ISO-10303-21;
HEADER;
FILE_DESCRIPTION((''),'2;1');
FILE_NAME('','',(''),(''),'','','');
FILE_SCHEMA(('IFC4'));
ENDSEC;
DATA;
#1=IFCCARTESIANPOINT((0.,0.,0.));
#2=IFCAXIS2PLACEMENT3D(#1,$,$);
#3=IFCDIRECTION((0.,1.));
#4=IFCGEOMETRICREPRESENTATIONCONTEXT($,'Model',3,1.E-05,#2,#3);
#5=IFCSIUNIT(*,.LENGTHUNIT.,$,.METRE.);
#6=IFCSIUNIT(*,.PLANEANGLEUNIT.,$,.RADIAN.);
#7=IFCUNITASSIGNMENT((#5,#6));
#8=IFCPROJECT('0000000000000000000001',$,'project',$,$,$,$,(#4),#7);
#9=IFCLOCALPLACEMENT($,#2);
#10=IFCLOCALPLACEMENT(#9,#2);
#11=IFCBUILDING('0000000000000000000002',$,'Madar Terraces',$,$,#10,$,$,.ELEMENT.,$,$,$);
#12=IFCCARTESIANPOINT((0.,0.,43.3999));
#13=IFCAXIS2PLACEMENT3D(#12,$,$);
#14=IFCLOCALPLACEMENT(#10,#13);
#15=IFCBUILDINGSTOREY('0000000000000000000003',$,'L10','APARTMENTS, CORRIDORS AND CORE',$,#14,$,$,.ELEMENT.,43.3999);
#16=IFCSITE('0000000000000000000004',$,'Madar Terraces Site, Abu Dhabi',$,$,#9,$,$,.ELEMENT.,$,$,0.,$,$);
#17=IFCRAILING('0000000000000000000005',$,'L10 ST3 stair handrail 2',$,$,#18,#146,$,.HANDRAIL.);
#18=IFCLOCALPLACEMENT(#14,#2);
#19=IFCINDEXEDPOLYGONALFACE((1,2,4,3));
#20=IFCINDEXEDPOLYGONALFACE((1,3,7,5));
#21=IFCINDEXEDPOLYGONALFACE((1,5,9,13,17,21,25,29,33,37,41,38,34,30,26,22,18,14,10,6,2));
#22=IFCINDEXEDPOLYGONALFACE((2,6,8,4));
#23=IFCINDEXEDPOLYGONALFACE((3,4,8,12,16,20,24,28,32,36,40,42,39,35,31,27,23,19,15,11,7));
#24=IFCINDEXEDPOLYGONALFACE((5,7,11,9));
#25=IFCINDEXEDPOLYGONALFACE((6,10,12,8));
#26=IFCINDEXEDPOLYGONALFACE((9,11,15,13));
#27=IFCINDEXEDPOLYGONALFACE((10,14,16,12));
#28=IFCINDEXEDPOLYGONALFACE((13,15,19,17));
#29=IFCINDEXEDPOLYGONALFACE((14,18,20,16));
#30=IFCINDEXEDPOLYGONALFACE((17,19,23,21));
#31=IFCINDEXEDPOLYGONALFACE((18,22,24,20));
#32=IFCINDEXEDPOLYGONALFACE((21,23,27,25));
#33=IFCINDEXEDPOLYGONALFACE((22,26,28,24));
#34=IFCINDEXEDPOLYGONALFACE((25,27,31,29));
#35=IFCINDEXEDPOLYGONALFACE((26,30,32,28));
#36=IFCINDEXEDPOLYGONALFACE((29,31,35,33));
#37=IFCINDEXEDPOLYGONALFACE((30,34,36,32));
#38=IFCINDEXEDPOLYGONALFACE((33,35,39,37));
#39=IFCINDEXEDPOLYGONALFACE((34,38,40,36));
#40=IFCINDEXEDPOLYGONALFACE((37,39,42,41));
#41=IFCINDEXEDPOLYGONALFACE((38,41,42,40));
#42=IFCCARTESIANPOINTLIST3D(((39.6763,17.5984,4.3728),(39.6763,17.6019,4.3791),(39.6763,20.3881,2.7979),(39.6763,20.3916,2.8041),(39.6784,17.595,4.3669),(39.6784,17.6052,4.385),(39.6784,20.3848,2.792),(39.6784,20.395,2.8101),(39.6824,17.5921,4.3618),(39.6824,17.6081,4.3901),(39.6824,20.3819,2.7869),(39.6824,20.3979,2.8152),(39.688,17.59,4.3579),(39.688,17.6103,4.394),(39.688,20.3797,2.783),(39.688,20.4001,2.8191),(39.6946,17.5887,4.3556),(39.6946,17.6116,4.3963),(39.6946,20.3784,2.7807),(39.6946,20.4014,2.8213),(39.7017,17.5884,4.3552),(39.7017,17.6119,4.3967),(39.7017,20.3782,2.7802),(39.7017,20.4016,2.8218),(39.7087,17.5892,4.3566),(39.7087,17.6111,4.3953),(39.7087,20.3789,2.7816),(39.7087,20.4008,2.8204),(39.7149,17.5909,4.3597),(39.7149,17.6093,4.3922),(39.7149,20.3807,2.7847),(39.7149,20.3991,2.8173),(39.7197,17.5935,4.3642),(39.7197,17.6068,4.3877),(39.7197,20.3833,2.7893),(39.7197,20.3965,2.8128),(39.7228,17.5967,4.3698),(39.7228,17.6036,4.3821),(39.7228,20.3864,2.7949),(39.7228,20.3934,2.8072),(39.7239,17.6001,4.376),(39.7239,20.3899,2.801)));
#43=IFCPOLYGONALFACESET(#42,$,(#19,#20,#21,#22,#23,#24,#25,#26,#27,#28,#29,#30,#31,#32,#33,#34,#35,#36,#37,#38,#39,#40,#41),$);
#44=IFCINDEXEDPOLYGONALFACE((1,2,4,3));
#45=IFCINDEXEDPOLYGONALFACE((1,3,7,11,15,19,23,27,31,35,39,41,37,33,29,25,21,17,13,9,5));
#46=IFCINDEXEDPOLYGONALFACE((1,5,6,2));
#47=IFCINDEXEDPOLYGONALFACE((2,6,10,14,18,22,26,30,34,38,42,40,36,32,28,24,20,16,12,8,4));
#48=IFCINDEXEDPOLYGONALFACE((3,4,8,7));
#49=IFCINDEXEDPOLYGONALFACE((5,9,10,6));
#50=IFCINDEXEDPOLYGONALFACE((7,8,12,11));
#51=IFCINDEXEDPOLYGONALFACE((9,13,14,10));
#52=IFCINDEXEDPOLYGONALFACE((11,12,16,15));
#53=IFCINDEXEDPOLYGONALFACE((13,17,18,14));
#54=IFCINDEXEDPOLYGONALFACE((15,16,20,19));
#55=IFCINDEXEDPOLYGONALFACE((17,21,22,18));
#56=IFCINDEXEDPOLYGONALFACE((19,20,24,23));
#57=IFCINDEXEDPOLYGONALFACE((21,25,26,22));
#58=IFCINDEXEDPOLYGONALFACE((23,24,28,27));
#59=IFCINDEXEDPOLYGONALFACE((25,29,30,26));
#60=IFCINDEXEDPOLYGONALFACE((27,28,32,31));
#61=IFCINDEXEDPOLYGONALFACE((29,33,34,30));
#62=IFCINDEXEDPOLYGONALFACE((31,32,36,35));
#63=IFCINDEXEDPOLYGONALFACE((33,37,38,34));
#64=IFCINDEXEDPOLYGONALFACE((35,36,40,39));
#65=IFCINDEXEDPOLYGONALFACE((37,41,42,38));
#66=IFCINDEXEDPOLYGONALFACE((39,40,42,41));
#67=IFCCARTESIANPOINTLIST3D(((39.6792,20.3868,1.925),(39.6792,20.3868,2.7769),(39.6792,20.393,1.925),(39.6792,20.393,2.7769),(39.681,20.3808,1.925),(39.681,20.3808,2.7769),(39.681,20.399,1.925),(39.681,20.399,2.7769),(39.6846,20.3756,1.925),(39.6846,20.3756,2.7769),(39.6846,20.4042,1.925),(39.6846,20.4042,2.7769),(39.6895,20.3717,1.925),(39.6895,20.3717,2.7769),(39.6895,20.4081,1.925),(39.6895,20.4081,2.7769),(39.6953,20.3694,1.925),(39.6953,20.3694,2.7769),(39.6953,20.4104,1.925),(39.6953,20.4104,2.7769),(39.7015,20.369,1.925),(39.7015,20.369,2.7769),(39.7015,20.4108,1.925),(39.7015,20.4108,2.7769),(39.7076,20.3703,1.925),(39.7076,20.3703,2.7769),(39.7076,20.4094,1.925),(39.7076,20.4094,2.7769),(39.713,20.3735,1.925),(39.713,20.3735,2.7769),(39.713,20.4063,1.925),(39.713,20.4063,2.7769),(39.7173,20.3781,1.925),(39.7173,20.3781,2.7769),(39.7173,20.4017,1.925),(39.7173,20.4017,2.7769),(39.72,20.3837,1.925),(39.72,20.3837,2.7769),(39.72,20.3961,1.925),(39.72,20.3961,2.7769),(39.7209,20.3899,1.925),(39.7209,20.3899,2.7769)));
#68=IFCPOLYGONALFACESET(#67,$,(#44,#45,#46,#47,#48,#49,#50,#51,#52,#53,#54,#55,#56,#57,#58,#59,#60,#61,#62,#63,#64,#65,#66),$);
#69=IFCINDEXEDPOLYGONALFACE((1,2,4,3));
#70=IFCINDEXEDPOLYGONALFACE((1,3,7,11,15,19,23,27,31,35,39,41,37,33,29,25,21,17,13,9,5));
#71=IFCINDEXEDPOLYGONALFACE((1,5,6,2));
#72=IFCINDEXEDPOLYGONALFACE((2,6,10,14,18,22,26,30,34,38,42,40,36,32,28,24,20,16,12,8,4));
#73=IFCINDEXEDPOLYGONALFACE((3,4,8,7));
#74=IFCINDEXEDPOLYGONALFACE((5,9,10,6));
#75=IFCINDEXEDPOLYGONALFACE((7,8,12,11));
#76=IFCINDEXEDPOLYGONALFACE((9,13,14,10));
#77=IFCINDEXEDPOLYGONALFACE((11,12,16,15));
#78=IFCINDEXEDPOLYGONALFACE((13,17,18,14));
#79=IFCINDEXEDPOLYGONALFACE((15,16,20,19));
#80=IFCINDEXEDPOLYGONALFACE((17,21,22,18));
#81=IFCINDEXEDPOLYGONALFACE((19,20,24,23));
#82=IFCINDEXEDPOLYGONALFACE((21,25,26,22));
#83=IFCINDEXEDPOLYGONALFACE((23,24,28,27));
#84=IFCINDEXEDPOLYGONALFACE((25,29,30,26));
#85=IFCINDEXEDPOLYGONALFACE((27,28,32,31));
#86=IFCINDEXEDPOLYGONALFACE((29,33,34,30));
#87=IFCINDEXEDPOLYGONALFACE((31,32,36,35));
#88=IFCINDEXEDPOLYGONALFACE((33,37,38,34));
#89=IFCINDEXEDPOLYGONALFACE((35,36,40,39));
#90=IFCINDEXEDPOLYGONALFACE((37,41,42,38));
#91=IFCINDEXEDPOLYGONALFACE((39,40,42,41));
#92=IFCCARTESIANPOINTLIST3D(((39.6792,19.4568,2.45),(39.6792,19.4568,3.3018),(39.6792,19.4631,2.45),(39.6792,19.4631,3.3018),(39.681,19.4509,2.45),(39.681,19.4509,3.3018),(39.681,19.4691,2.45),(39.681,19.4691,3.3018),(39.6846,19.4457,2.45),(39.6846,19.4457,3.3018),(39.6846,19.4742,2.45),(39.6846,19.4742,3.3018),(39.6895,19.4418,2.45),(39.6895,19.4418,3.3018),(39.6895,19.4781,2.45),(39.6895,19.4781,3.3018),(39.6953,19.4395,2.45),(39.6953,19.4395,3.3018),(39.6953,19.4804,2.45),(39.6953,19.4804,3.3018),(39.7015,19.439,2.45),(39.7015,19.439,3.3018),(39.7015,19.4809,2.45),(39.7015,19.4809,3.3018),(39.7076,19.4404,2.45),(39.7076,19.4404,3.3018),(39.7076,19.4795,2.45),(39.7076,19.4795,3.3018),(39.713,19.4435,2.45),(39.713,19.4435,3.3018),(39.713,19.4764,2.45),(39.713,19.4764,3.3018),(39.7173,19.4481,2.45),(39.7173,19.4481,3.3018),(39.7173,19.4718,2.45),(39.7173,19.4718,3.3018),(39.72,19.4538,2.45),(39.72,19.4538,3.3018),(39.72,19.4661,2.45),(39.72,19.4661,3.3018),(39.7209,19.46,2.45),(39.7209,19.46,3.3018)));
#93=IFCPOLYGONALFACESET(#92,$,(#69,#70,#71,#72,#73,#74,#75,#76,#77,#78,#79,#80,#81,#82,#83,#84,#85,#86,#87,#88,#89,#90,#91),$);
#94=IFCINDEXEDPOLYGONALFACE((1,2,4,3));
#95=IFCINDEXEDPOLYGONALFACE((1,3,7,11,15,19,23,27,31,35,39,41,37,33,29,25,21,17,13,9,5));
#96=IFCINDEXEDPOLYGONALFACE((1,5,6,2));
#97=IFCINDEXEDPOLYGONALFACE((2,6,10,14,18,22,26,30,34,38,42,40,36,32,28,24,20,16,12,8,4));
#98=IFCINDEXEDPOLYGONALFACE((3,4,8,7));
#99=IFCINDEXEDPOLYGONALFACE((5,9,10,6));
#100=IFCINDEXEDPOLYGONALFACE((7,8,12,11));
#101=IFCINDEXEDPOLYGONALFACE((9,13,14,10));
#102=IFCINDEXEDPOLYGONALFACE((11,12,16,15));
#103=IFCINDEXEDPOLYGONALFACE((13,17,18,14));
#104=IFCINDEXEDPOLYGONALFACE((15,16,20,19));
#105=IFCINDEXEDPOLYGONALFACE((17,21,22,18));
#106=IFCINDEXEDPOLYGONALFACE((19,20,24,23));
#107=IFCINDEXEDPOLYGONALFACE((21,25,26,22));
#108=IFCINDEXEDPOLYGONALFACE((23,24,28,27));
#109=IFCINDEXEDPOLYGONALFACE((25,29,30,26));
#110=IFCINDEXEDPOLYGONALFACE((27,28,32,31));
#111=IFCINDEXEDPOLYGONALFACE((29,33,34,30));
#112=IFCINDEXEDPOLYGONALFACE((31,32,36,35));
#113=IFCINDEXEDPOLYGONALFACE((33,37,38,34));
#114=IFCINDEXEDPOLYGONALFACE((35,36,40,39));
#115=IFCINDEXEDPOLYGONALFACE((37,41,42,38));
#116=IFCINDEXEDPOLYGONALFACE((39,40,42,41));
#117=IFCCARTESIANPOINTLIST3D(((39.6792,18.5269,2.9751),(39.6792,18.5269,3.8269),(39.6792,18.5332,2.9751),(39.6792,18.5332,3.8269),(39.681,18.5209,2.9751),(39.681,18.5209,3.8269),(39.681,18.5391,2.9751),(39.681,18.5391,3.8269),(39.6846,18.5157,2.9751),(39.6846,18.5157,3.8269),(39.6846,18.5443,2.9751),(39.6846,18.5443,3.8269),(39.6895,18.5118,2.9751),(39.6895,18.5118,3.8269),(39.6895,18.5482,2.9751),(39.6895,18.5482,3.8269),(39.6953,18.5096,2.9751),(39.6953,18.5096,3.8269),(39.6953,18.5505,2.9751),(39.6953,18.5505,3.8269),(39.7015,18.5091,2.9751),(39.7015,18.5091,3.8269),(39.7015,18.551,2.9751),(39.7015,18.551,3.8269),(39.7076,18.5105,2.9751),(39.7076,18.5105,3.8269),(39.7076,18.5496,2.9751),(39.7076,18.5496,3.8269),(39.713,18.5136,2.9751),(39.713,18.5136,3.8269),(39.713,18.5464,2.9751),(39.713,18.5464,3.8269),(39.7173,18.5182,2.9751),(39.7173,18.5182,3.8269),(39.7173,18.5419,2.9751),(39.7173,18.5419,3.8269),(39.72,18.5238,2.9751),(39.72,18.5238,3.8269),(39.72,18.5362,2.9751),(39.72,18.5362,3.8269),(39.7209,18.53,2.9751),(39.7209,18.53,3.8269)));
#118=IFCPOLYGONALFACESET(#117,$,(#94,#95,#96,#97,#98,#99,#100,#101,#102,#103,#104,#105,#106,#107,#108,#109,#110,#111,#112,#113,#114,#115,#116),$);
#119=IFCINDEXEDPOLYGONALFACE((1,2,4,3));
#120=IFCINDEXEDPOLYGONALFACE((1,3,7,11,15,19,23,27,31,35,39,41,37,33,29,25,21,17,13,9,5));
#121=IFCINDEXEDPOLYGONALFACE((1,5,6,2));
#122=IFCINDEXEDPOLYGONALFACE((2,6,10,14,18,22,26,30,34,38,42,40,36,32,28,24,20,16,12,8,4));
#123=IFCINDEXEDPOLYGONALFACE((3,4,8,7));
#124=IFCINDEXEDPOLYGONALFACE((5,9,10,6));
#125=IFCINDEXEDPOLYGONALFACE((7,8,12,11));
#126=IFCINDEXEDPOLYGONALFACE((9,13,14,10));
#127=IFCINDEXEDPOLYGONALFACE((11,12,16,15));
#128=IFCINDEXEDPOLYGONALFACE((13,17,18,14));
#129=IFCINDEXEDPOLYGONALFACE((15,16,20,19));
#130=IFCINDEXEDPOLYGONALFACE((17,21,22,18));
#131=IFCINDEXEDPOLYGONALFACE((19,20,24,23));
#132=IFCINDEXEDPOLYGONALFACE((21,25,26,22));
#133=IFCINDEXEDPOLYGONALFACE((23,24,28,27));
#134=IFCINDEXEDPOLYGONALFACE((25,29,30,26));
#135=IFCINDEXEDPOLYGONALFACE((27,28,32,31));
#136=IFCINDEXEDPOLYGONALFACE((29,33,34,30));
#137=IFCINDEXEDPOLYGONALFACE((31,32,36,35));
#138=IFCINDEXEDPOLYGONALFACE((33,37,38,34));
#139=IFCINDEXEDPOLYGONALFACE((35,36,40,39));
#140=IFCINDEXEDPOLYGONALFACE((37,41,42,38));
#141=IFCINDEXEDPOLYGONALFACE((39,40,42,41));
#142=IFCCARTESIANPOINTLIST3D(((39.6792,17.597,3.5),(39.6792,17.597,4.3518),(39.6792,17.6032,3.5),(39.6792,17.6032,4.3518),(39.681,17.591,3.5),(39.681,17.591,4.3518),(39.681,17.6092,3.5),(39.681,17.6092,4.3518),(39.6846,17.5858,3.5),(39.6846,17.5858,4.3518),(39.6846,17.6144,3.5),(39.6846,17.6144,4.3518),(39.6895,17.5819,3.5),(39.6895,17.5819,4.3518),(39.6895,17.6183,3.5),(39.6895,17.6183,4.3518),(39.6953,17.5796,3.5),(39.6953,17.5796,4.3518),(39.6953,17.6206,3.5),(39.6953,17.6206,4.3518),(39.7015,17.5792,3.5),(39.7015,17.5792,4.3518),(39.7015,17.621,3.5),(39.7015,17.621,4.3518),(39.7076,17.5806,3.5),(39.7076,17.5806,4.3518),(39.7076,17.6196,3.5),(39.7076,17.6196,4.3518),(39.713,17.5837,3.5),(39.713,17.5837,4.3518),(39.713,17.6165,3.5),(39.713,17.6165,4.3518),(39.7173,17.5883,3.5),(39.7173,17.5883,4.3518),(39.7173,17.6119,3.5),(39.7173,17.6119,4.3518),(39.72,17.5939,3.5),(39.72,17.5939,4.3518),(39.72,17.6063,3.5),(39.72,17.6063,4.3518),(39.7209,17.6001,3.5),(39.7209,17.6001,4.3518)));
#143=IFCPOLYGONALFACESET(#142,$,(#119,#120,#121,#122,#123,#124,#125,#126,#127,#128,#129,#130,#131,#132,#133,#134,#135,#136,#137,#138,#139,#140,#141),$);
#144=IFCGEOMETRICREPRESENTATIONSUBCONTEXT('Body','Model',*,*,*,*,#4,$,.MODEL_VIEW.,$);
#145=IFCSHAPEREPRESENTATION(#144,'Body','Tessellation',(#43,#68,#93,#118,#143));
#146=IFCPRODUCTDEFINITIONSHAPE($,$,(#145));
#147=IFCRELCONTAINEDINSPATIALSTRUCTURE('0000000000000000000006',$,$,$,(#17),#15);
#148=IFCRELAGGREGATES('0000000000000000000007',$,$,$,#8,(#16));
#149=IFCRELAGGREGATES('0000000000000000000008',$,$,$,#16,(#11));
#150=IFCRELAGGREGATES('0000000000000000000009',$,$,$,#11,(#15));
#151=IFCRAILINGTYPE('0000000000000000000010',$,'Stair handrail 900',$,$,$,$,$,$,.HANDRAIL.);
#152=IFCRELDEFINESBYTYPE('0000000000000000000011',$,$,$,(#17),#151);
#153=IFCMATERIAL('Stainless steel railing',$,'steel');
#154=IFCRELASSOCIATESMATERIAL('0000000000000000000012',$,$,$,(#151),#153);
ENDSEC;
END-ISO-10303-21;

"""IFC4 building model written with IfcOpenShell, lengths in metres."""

from ifc_helpers import new_model, si_unit, direction, frame, origin, origin_2d, place, context, subcontext, project, spatial, circle, extrude, material, type_object, element, save


model = new_model("IFC4")

# Units and contexts
model_context = context("Model", 3, precision=1e-05, world=origin(), true_north=direction((0.0, 1.0)))
body_context = subcontext(model_context, "Body", "Model", "MODEL_VIEW")
ifc_project = project(units=[si_unit("LENGTHUNIT", "METRE"), si_unit("PLANEANGLEUNIT", "RADIAN")], contexts=[model_context])

# Site, building, storey
site_placement = place(None, origin())
site = spatial("IfcSite", under=ifc_project, at=site_placement, Name="Madar Terraces Site, Abu Dhabi", CompositionType="ELEMENT", RefElevation=0.0)
building_placement = place(site_placement, origin())
building = spatial("IfcBuilding", under=site, at=building_placement, Name="Madar Terraces", CompositionType="ELEMENT")
storey_placement = place(building_placement, frame((0.0, 0.0, 43.3999)))
storey = spatial("IfcBuildingStorey", under=building, at=storey_placement, Name="L10", Description="APARTMENTS, CORRIDORS AND CORE", CompositionType="ELEMENT", Elevation=43.3999)

# Railing
ifc_material_1 = material(Name="Stainless steel railing", Category="steel")
railing_type_1 = type_object("IfcRailingType", Name="Stair handrail 900", PredefinedType="HANDRAIL", material=ifc_material_1)
railing_1_placement = place(storey_placement, frame((39.7, 20.3899, 1.925)))
element("IfcRailing", 1, at=railing_1_placement, inside=storey, type_object=railing_type_1, Name="L10 ST3 stair handrail 2", PredefinedType="HANDRAIL", context=body_context, shape_type="SweptSolid", body=[
    extrude(circle(Radius=0.0239, at=origin_2d()), frame((0.0, 0.0, 0.876), z_axis=(0.0, -0.870815, 0.49161), x_axis=(1.0, 0.0, 0.0)), (0.0, 0.0, 1.0), 3.2036),
    extrude(circle(Radius=0.021, at=origin_2d()), origin(), (0.0, 0.0, 1.0), 0.8518),
    extrude(circle(Radius=0.021, at=origin_2d()), frame((0.0, -0.9299, 0.5249)), (0.0, 0.0, 1.0), 0.8518),
    extrude(circle(Radius=0.021, at=origin_2d()), frame((0.0, -1.8599, 1.05)), (0.0, 0.0, 1.0), 0.8518),
    extrude(circle(Radius=0.021, at=origin_2d()), frame((0.0, -2.7898, 1.575)), (0.0, 0.0, 1.0), 0.8518),
])

save(model, "model.ifc")
